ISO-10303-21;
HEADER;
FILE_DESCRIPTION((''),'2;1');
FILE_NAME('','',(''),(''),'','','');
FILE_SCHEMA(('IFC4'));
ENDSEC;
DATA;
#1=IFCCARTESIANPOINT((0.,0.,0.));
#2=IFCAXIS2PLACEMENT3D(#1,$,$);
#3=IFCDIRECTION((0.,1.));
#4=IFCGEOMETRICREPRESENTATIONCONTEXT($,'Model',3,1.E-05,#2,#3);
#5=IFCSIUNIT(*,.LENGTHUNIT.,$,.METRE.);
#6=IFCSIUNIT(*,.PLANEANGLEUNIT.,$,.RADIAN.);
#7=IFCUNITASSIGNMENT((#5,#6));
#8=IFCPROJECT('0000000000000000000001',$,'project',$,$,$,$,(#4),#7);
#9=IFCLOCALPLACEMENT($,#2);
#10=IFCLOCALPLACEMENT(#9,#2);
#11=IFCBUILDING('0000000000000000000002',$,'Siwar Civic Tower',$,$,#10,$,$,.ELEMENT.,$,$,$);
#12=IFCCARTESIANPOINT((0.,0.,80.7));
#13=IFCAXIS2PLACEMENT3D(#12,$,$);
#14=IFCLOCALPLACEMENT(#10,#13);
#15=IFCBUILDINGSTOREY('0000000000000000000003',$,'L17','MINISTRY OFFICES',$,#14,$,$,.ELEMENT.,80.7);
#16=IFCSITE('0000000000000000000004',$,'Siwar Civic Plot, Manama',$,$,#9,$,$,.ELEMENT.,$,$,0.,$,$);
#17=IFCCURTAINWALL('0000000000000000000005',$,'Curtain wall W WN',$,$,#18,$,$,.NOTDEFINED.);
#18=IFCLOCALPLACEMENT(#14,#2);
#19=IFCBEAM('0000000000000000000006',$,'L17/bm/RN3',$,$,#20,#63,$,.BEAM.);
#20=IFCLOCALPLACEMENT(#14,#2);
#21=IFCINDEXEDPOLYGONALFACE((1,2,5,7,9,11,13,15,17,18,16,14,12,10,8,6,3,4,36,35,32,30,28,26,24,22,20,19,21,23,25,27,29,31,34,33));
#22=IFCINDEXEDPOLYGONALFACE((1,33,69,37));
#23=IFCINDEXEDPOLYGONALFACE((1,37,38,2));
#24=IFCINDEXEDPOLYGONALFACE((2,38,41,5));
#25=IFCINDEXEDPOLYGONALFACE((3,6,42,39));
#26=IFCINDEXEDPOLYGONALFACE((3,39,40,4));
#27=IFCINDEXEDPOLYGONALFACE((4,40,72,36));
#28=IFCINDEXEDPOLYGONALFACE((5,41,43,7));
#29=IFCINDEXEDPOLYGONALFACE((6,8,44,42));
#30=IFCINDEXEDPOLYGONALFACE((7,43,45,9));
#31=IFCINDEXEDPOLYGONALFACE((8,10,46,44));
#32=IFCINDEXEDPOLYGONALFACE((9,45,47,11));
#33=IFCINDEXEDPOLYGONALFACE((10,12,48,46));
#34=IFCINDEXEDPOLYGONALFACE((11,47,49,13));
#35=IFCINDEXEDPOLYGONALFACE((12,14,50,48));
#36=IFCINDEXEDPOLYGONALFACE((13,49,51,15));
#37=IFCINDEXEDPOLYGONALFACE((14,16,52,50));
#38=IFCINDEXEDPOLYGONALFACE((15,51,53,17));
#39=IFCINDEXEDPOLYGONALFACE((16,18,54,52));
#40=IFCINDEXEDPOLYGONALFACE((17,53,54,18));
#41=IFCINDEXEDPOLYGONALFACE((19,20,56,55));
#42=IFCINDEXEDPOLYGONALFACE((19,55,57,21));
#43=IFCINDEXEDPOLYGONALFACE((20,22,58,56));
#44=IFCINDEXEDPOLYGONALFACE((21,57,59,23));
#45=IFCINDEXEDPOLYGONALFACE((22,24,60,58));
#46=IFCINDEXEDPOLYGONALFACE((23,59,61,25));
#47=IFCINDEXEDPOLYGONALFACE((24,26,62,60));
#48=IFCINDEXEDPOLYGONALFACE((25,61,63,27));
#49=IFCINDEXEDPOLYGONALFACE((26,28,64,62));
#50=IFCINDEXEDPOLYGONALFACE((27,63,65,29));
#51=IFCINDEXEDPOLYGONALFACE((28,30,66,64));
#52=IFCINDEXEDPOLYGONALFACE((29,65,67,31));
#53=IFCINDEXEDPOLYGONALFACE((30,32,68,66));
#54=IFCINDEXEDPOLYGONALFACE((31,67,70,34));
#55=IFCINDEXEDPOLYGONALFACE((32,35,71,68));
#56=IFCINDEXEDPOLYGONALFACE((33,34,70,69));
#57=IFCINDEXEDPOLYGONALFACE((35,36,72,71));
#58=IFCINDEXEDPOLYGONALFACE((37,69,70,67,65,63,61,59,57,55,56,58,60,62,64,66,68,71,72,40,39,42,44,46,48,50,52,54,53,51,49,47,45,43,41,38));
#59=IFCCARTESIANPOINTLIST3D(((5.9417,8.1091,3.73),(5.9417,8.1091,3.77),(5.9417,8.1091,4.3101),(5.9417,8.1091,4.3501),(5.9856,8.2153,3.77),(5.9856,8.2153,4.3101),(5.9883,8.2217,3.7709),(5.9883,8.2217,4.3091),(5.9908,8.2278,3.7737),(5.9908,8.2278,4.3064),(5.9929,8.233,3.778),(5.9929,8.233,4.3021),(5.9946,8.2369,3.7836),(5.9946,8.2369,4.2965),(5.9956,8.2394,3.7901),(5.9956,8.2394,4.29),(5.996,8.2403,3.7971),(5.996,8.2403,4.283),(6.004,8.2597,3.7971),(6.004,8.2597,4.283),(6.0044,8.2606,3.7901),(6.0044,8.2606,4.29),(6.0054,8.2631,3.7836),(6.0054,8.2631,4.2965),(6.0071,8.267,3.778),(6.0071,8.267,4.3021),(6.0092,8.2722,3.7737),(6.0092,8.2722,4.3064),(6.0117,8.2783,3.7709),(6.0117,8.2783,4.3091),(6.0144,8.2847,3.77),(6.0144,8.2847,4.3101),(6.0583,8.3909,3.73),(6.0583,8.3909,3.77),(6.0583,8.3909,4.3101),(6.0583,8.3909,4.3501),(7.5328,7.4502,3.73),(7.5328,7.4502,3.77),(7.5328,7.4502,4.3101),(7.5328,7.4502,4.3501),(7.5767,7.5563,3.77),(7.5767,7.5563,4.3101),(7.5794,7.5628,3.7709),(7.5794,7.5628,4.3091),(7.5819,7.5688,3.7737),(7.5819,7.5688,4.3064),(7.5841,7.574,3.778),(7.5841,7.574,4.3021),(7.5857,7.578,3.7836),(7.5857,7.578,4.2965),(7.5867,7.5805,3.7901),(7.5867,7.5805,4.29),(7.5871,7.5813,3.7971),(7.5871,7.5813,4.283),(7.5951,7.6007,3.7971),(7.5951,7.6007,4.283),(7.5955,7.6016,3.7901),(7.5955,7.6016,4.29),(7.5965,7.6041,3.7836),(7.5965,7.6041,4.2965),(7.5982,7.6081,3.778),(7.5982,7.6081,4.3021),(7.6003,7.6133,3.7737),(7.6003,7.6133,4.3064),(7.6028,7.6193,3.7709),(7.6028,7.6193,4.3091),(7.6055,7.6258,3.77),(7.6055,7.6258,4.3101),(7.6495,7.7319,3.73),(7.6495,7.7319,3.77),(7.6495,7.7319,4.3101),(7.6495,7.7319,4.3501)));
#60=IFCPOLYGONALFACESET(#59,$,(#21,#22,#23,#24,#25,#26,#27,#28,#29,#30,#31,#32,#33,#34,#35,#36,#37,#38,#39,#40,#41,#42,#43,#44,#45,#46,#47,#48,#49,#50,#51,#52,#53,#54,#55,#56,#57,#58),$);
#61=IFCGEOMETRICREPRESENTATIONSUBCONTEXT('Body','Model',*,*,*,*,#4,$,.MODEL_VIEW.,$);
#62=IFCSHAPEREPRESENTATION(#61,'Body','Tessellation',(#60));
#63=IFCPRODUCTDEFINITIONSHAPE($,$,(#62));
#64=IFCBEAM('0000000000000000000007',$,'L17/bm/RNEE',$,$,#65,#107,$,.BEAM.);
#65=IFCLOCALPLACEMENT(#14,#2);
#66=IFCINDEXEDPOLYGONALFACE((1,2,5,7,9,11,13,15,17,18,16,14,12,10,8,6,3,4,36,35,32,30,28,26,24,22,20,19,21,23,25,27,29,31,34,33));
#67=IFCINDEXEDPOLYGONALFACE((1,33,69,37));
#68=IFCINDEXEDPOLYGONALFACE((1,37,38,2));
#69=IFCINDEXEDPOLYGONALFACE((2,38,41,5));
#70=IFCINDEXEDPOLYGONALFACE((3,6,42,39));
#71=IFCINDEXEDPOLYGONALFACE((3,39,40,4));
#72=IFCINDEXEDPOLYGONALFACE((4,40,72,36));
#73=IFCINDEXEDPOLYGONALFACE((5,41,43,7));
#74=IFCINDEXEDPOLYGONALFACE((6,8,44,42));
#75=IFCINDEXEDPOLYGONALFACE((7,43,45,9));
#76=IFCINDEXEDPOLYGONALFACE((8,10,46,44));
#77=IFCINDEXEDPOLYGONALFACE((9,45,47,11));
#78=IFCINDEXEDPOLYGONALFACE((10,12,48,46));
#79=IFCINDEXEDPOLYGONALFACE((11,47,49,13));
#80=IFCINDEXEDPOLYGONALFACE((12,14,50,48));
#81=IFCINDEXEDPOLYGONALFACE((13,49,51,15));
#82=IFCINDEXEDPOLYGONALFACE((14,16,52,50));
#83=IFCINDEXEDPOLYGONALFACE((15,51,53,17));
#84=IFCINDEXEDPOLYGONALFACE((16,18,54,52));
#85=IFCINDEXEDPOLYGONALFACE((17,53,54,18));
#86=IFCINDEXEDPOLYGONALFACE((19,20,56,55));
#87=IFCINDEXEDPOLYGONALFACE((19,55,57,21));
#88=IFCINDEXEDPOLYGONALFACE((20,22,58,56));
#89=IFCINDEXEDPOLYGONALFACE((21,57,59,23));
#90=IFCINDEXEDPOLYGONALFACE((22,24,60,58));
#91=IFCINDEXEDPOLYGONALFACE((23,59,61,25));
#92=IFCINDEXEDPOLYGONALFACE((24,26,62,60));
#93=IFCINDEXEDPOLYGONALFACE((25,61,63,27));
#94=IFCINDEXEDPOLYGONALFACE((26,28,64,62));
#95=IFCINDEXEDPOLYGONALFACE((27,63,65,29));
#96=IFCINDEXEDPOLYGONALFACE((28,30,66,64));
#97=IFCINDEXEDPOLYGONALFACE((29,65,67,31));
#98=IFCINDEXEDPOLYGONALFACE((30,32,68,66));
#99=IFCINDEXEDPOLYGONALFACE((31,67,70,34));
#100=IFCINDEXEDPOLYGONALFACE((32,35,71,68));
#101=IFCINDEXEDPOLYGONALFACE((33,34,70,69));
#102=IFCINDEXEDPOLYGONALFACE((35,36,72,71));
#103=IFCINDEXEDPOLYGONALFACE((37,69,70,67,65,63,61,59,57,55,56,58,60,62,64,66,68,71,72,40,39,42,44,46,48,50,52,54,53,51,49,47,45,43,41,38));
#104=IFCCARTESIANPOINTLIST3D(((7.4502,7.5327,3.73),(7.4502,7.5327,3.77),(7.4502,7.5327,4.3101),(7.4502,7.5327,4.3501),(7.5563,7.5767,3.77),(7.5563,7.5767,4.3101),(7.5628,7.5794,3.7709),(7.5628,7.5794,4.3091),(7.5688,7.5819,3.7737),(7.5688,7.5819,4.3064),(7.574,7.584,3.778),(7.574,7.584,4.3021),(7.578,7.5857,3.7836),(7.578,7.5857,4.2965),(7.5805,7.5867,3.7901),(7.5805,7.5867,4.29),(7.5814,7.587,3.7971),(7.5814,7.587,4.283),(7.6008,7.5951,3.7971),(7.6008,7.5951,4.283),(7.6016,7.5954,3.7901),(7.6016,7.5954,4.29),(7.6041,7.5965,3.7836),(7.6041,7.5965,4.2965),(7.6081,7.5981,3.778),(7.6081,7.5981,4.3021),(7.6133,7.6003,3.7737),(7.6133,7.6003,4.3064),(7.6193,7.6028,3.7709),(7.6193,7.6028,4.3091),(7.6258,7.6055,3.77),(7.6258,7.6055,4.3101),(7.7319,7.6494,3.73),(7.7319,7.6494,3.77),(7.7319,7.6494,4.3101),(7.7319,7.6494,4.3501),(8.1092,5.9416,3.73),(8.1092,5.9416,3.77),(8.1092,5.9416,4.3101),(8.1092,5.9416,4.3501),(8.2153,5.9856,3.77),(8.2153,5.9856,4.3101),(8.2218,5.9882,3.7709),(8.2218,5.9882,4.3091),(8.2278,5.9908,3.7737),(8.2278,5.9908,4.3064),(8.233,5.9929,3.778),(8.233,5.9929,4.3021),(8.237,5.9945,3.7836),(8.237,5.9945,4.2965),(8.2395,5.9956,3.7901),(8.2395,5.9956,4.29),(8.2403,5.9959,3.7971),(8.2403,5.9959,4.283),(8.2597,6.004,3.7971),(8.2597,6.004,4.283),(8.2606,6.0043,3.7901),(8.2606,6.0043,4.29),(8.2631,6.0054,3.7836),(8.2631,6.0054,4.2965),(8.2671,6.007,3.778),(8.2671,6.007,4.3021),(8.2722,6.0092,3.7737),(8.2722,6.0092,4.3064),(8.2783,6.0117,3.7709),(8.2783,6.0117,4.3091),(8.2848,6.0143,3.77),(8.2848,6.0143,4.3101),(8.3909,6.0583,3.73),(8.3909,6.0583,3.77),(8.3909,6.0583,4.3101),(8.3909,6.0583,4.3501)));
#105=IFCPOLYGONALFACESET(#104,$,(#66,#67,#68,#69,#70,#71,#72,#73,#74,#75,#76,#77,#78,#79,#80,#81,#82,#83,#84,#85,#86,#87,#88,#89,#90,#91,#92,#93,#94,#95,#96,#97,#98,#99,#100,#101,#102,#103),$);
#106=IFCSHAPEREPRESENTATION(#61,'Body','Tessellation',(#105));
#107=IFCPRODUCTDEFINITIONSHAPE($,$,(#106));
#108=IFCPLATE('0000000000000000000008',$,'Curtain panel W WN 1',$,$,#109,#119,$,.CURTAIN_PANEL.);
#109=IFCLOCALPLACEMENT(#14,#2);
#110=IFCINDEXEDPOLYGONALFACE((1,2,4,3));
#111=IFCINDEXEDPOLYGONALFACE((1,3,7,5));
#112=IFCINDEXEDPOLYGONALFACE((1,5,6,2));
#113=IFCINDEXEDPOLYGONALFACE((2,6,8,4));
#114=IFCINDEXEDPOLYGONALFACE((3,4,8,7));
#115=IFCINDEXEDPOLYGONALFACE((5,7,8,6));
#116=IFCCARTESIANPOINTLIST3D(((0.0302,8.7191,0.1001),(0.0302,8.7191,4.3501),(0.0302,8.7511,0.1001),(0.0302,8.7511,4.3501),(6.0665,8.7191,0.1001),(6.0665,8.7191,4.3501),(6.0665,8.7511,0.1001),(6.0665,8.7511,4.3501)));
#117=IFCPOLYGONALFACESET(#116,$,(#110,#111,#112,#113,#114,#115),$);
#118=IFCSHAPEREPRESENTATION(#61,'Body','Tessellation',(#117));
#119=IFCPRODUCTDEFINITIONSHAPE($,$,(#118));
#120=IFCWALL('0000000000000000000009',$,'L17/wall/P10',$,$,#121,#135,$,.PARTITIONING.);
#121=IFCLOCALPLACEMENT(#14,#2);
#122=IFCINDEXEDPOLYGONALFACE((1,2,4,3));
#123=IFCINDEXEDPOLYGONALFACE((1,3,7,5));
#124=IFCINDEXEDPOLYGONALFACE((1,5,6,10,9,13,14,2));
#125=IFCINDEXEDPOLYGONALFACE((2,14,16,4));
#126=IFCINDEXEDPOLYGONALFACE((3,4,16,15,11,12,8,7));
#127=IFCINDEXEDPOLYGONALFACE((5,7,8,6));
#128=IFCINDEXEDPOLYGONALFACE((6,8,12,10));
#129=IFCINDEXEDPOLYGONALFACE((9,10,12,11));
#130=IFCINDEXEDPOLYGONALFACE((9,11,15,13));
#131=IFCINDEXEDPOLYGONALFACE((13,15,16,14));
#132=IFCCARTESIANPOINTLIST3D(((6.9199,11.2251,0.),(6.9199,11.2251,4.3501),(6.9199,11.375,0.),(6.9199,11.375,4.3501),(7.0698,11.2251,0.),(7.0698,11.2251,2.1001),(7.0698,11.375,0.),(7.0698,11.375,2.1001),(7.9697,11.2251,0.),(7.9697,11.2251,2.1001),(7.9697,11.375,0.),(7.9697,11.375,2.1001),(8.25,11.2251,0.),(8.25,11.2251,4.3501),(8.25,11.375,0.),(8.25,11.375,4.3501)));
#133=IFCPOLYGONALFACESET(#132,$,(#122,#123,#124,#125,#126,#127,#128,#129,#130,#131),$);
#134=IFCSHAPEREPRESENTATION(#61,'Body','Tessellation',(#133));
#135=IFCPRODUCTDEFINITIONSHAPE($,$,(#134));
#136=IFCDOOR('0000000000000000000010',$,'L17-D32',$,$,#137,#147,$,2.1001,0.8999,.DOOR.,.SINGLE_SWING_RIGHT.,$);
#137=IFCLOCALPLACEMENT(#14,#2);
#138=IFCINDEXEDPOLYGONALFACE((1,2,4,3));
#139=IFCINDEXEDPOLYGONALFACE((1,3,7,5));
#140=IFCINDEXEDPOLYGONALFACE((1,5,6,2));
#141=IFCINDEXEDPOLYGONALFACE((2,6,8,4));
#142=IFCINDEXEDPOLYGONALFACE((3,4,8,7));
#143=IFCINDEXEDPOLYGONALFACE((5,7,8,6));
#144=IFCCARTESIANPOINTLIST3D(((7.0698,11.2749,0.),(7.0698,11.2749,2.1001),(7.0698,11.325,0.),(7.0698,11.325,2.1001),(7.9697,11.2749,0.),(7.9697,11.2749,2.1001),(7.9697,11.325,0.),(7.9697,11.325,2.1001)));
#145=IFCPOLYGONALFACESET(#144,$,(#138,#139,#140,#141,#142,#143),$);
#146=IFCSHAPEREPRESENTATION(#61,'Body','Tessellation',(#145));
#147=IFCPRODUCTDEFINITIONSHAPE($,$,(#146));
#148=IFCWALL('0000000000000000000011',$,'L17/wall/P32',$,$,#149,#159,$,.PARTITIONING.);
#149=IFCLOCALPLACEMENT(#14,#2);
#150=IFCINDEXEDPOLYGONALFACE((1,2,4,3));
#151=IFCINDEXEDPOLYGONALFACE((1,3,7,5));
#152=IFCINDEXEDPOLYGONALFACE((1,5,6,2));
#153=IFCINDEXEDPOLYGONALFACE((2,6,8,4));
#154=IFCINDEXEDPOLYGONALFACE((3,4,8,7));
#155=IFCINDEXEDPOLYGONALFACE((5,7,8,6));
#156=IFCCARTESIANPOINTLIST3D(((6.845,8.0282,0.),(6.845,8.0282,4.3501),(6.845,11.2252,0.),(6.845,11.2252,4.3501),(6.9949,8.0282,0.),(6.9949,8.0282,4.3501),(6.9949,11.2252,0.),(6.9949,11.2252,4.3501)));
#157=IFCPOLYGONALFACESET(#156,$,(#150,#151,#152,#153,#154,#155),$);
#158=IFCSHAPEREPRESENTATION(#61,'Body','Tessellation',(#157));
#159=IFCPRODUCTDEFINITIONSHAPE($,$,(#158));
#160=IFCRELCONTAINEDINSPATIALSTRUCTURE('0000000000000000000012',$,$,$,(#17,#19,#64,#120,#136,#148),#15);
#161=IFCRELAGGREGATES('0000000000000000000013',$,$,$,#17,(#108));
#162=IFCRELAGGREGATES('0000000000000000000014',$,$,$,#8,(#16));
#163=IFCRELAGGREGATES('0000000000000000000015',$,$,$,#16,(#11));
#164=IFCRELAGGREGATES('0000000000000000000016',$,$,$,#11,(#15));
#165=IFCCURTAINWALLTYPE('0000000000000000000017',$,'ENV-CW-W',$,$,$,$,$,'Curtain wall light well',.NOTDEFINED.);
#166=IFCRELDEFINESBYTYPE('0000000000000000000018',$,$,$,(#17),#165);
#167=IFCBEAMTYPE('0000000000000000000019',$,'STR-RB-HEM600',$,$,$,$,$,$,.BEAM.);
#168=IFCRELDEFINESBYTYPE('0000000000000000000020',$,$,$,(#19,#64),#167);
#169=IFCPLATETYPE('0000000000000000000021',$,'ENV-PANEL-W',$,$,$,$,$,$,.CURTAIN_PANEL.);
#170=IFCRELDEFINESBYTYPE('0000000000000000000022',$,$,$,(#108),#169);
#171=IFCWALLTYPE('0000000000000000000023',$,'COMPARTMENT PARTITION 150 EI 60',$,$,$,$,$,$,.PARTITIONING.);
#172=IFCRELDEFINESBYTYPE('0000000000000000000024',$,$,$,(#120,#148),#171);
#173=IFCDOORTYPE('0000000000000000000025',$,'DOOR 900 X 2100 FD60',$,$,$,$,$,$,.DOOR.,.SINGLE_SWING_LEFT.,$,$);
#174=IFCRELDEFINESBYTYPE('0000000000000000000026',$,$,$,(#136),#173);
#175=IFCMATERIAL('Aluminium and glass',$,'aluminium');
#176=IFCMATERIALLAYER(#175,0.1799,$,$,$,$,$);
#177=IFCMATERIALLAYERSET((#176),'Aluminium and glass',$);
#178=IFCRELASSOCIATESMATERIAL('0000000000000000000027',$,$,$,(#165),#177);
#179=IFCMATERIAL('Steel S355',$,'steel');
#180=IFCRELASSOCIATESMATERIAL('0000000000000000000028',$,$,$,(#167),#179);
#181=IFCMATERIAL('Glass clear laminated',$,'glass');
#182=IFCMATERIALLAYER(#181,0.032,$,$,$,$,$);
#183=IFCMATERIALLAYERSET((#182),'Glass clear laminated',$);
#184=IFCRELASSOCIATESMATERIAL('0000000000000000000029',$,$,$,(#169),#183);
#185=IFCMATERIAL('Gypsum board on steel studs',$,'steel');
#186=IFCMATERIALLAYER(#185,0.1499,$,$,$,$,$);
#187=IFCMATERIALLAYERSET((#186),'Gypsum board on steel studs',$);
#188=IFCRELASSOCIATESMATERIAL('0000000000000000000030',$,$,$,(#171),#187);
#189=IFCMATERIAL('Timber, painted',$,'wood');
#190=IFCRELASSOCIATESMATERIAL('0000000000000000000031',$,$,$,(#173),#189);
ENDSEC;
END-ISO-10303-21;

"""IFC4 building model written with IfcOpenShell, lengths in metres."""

from ifc_helpers import new_model, si_unit, direction, frame, frame_2d, origin, origin_2d, place, context, subcontext, project, spatial, rectangle, i_section, extrude, material, layer, layer_set, material_profile, profile_set, type_object, element, fill, aggregate, save


model = new_model("IFC4")

# Units and contexts
model_context = context("Model", 3, precision=1e-05, world=origin(), true_north=direction((0.0, 1.0)))
body_context = subcontext(model_context, "Body", "Model", "MODEL_VIEW")
ifc_project = project(units=[si_unit("LENGTHUNIT", "METRE"), si_unit("PLANEANGLEUNIT", "RADIAN")], contexts=[model_context])

# Site, building, storey
site_placement = place(None, origin())
site = spatial("IfcSite", under=ifc_project, at=site_placement, Name="Siwar Civic Plot, Manama", CompositionType="ELEMENT", RefElevation=0.0)
building_placement = place(site_placement, origin())
building = spatial("IfcBuilding", under=site, at=building_placement, Name="Siwar Civic Tower", CompositionType="ELEMENT")
storey_placement = place(building_placement, frame((0.0, 0.0, 80.7)))
storey = spatial("IfcBuildingStorey", under=building, at=storey_placement, Name="L17", Description="MINISTRY OFFICES", CompositionType="ELEMENT", Elevation=80.7)

# Curtain wall
ifc_material_1 = material(Name="Aluminium and glass", Category="aluminium")
ifc_layer_1 = layer(ifc_material_1, 0.1799)
ifc_layer_set_1 = layer_set([ifc_layer_1], Name="Aluminium and glass")
curtain_wall_type = type_object("IfcCurtainWallType", Name="ENV-CW-W", ElementType="Curtain wall light well", PredefinedType="NOTDEFINED", material=ifc_layer_set_1)
curtain_wall_placement = place(storey_placement, origin())
curtain_wall = element("IfcCurtainWall", 1, at=curtain_wall_placement, inside=storey, type_object=curtain_wall_type, Name="Curtain wall W WN", PredefinedType="NOTDEFINED")

# Beams
ifc_material_2 = material(Name="Steel S355", Category="steel")
ifc_material_profile_1 = material_profile(ifc_material_2, i_section(OverallWidth=0.3049, OverallDepth=0.6201, WebThickness=0.021, FlangeThickness=0.04, FilletRadius=0.0271, at=origin_2d()), Name="HEM600")
ifc_profile_set_1 = profile_set([ifc_material_profile_1], Name="Steel S355")
beam_type_1 = type_object("IfcBeamType", Name="STR-RB-HEM600", PredefinedType="BEAM", material=ifc_profile_set_1)
for number, where, z_axis, x_axis, name in (
    (2, (6.0, 8.25, 4.04), (0.923901, -0.382631, 0.0), (0.382631, 0.923901, 0.0), "L17/bm/RN3"),
    (3, (7.5911, 7.5911, 4.04), (0.382631, -0.923901, 0.0), (0.923901, 0.382631, 0.0), "L17/bm/RNEE"),
):
    element("IfcBeam", number, at=place(storey_placement, frame(where, z_axis=z_axis, x_axis=x_axis)), inside=storey, type_object=beam_type_1, Name=name, PredefinedType="BEAM", context=body_context, shape_type="SweptSolid", body=[
        extrude(i_section(OverallWidth=0.3049, OverallDepth=0.6201, WebThickness=0.021, FlangeThickness=0.04, FilletRadius=0.0271, at=origin_2d()), origin(), (0.0, 0.0, 1.0), 1.7222),
    ])

# Plate
ifc_material_3 = material(Name="Glass clear laminated", Category="glass")
ifc_layer_2 = layer(ifc_material_3, 0.032)
ifc_layer_set_2 = layer_set([ifc_layer_2], Name="Glass clear laminated")
plate_type = type_object("IfcPlateType", Name="ENV-PANEL-W", PredefinedType="CURTAIN_PANEL", material=ifc_layer_set_2)
plate_placement = place(storey_placement, frame((3.0483, 8.7351, 0.1001), z_axis=(0.0, 0.0, 1.0), x_axis=(-1.0, 0.0, 0.0)))
plate = element("IfcPlate", 4, at=plate_placement, type_object=plate_type, Name="Curtain panel W WN 1", PredefinedType="CURTAIN_PANEL", context=body_context, shape_type="SweptSolid", body=[
    extrude(rectangle(XDim=6.0364, YDim=0.032, at=origin_2d()), origin(), (0.0, 0.0, 1.0), 4.25),
])
aggregate(curtain_wall, [plate])

# Wall, opening, door
ifc_material_4 = material(Name="Gypsum board on steel studs", Category="steel")
ifc_layer_3 = layer(ifc_material_4, 0.1499)
ifc_layer_set_3 = layer_set([ifc_layer_3], Name="Gypsum board on steel studs")
wall_type_1 = type_object("IfcWallType", Name="COMPARTMENT PARTITION 150 EI 60", PredefinedType="PARTITIONING", material=ifc_layer_set_3)
wall_1_placement = place(storey_placement, frame((6.9199, 11.3, 0.0), z_axis=(0.0, 0.0, 1.0), x_axis=(1.0, 0.0, 0.0)))
wall_1 = element("IfcWall", 5, at=wall_1_placement, inside=storey, type_object=wall_type_1, Name="L17/wall/P10", PredefinedType="PARTITIONING", context=body_context, shape_type="SweptSolid", body=[
    extrude(rectangle(XDim=1.3301, YDim=0.1499, at=frame_2d((0.665, 0.0))), origin(), (0.0, 0.0, 1.0), 4.3501),
])
opening_1_placement = place(wall_1_placement, frame((0.1499, 0.0, 0.0)))
opening_1 = element("IfcOpeningElement", 6, at=opening_1_placement, cuts=wall_1, PredefinedType="OPENING", context=body_context, shape_type="SweptSolid", body=[
    extrude(rectangle(XDim=0.8999, YDim=2.1001, at=frame_2d((0.45, 1.05))), frame((0.0, 0.085, 0.0), z_axis=(0.0, -1.0, 0.0), x_axis=(1.0, 0.0, 0.0)), (0.0, 0.0, 1.0), 0.1699),
])
ifc_material_5 = material(Name="Timber, painted", Category="wood")
door_type_1 = type_object("IfcDoorType", Name="DOOR 900 X 2100 FD60", OperationType="SINGLE_SWING_LEFT", PredefinedType="DOOR", material=ifc_material_5)
door_1_placement = place(opening_1_placement, origin())
door_1 = element("IfcDoor", 7, at=door_1_placement, inside=storey, type_object=door_type_1, Name="L17-D32", OperationType="SINGLE_SWING_RIGHT", OverallHeight=2.1001, OverallWidth=0.8999, PredefinedType="DOOR", context=body_context, shape_type="SweptSolid", body=[
    extrude(rectangle(XDim=0.8999, YDim=2.1001, at=frame_2d((0.45, 1.05))), frame((0.0, 0.0249, 0.0), z_axis=(0.0, -1.0, 0.0), x_axis=(1.0, 0.0, 0.0)), (0.0, 0.0, 1.0), 0.05),
])
fill(opening_1, door_1)

# Wall
wall_2_placement = place(storey_placement, frame((6.9199, 8.0281, 0.0), z_axis=(0.0, 0.0, 1.0), x_axis=(0.0, 1.0, 0.0)))
element("IfcWall", 8, at=wall_2_placement, inside=storey, type_object=wall_type_1, Name="L17/wall/P32", PredefinedType="PARTITIONING", context=body_context, shape_type="SweptSolid", body=[
    extrude(rectangle(XDim=3.197, YDim=0.1499, at=frame_2d((1.5986, 0.0))), origin(), (0.0, 0.0, 1.0), 4.3501),
])

save(model, "model.ifc")
